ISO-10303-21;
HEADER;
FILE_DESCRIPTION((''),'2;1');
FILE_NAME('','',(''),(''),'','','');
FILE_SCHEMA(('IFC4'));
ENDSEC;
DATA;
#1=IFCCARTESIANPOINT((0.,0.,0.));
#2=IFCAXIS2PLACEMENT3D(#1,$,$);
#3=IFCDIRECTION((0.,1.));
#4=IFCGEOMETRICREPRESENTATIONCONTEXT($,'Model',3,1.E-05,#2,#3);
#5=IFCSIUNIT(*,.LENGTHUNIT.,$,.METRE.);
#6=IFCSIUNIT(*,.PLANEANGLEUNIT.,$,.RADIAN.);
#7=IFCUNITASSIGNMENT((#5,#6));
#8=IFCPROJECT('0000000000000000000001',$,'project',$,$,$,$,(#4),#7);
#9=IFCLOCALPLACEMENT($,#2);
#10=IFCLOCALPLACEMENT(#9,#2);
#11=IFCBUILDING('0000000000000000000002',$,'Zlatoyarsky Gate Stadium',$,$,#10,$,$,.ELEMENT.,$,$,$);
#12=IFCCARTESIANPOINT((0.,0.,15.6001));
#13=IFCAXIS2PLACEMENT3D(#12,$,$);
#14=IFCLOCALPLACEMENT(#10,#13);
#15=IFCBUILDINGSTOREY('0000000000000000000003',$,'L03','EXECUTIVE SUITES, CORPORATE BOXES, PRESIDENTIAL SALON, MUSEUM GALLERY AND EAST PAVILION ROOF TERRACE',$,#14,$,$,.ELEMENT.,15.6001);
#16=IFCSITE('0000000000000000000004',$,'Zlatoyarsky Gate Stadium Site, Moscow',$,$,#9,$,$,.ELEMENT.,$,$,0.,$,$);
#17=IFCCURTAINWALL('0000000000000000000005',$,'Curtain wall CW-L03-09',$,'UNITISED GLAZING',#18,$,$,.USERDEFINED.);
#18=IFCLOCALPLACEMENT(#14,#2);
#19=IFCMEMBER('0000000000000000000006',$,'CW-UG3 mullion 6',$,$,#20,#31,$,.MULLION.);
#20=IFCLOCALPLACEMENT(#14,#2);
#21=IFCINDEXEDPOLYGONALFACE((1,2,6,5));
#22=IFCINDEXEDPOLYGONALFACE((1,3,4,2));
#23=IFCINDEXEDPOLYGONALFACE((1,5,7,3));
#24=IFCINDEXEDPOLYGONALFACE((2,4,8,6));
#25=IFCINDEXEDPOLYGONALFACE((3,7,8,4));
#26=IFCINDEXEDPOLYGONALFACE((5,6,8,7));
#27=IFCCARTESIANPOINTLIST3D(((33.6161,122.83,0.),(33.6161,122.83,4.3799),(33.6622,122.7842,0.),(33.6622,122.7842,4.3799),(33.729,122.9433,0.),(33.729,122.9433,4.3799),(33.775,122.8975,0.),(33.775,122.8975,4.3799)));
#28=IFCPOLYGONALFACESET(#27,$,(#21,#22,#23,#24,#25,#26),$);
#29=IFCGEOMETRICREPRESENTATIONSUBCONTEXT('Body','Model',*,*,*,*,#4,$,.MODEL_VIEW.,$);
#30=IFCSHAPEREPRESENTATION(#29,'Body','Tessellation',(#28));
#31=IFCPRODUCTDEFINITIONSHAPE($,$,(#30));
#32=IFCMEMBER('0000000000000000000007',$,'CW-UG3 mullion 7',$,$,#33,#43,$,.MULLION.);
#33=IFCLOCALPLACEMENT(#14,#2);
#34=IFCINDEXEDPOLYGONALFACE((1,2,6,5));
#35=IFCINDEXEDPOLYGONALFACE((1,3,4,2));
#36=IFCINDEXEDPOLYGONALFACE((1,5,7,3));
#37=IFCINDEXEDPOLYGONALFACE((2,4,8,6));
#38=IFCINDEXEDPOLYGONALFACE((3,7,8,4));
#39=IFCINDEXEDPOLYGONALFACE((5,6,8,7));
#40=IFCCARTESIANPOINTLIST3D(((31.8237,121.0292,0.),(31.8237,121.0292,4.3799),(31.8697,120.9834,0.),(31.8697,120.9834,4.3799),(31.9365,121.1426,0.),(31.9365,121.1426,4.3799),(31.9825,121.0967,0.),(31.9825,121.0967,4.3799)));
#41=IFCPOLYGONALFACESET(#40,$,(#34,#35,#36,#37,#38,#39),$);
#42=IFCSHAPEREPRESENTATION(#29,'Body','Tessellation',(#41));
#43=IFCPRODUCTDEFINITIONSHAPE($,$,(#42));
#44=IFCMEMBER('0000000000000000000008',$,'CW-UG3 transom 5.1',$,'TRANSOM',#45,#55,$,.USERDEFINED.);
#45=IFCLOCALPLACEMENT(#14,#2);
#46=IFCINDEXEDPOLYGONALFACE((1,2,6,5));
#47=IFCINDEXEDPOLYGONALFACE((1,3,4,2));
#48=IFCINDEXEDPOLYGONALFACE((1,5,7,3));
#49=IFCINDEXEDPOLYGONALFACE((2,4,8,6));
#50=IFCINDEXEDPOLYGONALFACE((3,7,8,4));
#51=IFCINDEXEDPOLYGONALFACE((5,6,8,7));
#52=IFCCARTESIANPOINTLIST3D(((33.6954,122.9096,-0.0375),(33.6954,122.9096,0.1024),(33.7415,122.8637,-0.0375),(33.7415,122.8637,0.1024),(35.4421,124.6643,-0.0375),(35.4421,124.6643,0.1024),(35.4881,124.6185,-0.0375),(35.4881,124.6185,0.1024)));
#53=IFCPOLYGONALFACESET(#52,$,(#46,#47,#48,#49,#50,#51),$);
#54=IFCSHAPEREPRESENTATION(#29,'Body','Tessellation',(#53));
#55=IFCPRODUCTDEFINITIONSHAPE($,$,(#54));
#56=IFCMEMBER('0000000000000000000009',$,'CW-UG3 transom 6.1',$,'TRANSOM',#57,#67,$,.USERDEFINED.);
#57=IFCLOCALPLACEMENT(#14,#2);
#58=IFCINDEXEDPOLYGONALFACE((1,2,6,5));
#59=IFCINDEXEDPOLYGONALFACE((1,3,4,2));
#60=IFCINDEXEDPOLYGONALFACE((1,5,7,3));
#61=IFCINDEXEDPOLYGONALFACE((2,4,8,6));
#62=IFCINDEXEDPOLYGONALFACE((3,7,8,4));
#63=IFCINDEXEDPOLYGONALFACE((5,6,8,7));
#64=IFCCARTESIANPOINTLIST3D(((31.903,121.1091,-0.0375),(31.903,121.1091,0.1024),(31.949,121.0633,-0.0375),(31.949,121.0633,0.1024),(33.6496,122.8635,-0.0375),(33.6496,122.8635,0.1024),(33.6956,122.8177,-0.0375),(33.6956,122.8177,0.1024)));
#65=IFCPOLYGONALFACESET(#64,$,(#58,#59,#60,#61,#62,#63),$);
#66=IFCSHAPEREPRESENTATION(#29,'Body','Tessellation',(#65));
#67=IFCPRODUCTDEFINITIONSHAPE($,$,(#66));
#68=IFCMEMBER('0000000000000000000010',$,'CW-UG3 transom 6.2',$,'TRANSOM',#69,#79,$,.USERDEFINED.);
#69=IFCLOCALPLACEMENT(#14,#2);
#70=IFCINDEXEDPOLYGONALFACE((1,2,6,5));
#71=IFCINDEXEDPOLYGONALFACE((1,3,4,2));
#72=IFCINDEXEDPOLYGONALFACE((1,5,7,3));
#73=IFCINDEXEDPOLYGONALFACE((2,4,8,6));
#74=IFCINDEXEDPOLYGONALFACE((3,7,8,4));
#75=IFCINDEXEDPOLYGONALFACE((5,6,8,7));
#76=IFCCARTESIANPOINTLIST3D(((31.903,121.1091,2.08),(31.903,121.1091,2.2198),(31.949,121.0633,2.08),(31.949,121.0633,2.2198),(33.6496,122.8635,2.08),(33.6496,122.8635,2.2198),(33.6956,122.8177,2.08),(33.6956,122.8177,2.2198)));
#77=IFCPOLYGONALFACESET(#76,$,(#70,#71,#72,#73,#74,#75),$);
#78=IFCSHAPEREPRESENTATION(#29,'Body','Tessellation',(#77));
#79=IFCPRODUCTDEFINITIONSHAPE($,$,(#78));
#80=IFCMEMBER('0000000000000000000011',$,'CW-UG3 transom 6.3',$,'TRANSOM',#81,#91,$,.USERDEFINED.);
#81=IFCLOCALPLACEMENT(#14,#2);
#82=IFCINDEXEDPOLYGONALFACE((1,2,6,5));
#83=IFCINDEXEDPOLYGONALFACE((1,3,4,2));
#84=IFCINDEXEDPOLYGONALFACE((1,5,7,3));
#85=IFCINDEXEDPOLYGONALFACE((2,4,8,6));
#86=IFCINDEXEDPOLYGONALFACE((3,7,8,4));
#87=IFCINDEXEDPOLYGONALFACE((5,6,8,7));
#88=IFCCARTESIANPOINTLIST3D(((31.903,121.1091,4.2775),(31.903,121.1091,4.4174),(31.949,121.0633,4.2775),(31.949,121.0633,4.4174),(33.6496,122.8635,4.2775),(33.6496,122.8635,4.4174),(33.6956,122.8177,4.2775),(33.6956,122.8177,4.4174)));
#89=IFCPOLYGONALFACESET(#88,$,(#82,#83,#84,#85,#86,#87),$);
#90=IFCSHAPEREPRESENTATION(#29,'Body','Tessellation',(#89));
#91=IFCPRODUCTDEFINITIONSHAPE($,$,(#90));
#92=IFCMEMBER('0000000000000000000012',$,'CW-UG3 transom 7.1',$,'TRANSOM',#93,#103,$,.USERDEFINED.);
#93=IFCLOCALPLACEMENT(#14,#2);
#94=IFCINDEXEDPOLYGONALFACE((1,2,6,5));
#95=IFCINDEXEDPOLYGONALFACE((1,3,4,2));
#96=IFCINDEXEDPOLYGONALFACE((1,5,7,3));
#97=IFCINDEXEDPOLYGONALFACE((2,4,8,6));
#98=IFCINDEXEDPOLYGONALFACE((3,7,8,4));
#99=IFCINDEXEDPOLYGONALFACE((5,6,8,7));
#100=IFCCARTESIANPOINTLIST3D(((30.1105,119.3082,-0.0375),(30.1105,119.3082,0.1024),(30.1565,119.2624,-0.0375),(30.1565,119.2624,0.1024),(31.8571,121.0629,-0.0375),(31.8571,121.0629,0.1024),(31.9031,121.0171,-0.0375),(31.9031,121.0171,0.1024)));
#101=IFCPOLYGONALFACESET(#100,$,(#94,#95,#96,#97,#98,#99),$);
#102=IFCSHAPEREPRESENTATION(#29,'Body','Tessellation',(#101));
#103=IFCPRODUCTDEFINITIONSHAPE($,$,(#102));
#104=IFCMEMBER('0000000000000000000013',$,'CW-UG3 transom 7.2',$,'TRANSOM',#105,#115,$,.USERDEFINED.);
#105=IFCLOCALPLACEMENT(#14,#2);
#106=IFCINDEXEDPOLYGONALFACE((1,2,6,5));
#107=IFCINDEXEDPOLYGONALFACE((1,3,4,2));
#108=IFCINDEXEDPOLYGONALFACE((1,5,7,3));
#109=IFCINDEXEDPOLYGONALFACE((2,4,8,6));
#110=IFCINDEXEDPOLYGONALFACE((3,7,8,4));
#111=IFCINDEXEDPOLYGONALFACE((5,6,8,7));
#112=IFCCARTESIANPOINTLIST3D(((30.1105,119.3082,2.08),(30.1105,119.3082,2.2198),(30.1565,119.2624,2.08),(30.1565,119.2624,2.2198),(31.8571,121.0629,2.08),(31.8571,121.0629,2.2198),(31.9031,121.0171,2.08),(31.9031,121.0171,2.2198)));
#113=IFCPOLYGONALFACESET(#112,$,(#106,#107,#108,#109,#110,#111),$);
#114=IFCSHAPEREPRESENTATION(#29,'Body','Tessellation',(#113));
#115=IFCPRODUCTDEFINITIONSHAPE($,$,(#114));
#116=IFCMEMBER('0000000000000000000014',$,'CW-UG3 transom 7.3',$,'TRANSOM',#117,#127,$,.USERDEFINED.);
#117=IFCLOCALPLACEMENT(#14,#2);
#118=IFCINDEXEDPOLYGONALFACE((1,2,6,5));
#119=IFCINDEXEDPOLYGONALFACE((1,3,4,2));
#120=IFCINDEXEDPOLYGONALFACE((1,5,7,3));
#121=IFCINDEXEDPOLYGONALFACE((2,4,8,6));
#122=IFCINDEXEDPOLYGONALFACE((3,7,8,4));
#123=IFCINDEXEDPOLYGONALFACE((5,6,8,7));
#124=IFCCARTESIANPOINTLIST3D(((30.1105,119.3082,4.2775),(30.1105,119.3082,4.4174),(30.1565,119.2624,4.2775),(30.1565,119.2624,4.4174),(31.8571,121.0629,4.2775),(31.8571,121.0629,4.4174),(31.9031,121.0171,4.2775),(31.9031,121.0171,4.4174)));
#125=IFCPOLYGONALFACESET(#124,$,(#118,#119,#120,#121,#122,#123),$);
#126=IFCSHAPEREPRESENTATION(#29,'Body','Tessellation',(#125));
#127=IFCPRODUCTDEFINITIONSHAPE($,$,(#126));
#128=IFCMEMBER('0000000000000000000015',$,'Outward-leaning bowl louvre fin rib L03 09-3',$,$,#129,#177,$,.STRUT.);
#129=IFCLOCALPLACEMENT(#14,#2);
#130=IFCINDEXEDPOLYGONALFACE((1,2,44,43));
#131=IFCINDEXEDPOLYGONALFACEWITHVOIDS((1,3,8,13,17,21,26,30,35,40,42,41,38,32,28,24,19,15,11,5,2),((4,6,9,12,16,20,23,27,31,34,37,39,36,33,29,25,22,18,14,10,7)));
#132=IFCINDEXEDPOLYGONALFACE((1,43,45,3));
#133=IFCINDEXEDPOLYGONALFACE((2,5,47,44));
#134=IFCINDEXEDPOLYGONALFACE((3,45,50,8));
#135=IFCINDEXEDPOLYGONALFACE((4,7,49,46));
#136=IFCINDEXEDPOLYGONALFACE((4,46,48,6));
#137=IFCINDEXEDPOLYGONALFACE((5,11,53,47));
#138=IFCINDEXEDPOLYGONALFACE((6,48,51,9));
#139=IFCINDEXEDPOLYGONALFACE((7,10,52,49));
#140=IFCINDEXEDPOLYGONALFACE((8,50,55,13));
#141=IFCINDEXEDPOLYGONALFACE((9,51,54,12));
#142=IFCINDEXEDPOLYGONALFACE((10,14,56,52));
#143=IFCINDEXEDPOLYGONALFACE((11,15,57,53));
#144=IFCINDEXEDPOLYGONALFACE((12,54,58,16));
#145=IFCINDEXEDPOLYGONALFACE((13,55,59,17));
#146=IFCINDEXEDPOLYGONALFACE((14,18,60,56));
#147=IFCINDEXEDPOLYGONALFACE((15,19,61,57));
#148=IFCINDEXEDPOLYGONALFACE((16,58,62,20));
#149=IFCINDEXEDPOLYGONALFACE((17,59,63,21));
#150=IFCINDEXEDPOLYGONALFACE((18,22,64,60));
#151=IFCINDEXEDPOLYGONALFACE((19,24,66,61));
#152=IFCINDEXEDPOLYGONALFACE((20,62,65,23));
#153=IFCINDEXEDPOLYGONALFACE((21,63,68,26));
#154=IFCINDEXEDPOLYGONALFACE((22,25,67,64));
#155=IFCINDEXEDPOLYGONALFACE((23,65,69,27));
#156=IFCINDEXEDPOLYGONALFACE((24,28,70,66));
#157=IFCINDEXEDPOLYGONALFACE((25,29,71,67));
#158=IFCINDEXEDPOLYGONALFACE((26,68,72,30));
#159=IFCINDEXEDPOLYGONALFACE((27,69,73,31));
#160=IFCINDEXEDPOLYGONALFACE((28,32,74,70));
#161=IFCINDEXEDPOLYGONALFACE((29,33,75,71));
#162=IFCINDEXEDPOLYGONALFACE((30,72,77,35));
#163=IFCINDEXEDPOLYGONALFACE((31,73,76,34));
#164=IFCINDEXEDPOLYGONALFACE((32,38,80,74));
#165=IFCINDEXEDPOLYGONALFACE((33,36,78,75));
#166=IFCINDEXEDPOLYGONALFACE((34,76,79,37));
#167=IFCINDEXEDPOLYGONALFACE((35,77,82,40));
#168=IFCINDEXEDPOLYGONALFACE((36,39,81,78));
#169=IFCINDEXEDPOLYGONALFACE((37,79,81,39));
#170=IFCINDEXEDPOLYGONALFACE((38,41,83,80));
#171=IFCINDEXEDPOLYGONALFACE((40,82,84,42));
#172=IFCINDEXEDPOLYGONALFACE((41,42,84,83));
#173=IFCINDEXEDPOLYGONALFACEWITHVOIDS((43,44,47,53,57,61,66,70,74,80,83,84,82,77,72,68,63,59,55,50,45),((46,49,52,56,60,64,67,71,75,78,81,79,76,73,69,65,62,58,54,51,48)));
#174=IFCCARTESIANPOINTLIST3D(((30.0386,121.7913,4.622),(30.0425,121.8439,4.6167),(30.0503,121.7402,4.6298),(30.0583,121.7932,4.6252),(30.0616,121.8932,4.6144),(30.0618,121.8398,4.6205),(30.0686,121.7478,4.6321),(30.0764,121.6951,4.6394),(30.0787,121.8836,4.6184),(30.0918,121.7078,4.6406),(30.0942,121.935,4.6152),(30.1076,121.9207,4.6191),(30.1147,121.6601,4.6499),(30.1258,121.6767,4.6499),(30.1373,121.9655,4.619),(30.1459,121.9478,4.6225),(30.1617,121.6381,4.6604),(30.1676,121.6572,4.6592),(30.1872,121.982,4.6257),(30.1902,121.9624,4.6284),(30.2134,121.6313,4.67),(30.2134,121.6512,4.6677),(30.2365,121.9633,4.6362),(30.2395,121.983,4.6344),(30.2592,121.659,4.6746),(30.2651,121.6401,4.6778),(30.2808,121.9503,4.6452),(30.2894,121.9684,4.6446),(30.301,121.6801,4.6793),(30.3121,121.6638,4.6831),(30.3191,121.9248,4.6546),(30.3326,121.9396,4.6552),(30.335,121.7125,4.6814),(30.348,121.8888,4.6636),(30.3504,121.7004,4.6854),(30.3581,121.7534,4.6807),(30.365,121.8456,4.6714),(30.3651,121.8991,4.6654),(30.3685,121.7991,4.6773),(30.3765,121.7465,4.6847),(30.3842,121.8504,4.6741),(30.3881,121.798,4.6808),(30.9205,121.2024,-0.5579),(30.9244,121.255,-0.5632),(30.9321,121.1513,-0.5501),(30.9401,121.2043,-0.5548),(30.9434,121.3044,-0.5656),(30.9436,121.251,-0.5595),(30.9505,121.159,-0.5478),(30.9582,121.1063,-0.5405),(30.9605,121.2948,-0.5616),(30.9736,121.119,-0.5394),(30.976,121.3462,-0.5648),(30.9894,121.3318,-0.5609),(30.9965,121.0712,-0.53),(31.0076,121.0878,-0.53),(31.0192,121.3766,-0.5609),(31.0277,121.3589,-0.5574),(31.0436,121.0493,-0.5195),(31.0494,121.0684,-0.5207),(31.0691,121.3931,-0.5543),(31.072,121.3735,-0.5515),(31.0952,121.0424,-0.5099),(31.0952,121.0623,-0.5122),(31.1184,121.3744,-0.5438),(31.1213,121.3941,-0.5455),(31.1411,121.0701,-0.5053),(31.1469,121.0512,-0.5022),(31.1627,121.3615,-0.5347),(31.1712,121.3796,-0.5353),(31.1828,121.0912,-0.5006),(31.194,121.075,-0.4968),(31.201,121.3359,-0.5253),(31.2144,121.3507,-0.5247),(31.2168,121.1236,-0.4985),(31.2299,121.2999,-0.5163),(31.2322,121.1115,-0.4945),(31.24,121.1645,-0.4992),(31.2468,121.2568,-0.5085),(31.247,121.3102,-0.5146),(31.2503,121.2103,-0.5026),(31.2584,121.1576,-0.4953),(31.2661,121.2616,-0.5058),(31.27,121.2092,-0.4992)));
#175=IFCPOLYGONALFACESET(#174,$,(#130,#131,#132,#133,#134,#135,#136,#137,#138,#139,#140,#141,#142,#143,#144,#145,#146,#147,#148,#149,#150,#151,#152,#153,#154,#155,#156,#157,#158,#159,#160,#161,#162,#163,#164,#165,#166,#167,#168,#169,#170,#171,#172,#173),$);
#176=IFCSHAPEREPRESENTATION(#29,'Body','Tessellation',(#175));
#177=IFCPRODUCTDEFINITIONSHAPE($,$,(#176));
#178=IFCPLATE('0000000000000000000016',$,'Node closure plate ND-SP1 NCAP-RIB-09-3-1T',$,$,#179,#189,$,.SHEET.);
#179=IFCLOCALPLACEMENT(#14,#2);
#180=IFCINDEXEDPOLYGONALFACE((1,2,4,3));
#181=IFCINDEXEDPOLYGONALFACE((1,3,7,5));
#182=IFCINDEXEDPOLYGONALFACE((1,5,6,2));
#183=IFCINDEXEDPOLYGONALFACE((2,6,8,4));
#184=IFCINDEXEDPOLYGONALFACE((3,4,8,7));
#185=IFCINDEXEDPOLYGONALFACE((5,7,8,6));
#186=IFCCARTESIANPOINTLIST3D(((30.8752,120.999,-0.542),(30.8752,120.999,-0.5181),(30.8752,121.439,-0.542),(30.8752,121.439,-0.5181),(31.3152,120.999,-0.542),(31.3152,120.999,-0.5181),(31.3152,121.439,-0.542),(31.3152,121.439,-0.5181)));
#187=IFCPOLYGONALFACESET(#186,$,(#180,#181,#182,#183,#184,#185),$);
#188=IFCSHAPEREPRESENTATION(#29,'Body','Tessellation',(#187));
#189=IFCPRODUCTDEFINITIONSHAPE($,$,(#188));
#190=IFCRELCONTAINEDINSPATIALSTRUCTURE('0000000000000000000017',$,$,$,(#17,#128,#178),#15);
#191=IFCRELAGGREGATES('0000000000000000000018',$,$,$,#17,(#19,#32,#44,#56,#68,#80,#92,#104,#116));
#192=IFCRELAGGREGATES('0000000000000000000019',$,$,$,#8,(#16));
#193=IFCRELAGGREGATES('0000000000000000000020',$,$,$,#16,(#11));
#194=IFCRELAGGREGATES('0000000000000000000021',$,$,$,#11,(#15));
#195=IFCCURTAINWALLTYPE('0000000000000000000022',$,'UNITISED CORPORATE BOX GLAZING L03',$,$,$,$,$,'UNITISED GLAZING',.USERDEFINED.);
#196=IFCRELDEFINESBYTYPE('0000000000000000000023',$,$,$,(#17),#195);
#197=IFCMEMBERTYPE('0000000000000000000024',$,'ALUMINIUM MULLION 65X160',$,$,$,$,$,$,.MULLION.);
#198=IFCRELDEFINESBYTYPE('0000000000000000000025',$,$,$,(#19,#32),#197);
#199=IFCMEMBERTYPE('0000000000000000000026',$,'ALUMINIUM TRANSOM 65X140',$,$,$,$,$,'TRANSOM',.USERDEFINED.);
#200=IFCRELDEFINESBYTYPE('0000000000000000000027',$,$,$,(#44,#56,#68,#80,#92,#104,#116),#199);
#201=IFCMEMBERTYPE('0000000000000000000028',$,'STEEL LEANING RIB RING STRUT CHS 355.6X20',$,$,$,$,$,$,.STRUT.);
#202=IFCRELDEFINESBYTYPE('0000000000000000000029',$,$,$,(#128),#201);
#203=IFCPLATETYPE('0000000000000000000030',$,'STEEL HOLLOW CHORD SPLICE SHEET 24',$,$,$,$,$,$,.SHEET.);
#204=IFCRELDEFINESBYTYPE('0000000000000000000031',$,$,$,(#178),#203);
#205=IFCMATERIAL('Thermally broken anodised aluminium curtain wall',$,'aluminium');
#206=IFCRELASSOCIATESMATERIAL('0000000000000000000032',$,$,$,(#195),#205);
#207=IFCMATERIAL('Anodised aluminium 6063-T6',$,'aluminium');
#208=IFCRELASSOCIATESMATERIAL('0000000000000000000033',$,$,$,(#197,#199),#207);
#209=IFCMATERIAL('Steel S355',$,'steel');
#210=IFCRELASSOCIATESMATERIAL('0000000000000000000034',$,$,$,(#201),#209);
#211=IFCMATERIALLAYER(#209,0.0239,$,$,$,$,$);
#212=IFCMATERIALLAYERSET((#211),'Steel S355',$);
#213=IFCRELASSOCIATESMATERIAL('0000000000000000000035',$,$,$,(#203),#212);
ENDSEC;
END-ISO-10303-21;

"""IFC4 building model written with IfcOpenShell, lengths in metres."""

from ifc_helpers import new_model, si_unit, direction, frame, origin, origin_2d, place, context, subcontext, project, spatial, rectangle, hollow_circle, extrude, material, layer, layer_set, material_profile, profile_set, type_object, element, aggregate, save


model = new_model("IFC4")

# Units and contexts
model_context = context("Model", 3, precision=1e-05, world=origin(), true_north=direction((0.0, 1.0)))
body_context = subcontext(model_context, "Body", "Model", "MODEL_VIEW")
ifc_project = project(units=[si_unit("LENGTHUNIT", "METRE"), si_unit("PLANEANGLEUNIT", "RADIAN")], contexts=[model_context])

# Site, building, storey
site_placement = place(None, origin())
site = spatial("IfcSite", under=ifc_project, at=site_placement, Name="Zlatoyarsky Gate Stadium Site, Moscow", CompositionType="ELEMENT", RefElevation=0.0)
building_placement = place(site_placement, origin())
building = spatial("IfcBuilding", under=site, at=building_placement, Name="Zlatoyarsky Gate Stadium", CompositionType="ELEMENT")
storey_placement = place(building_placement, frame((0.0, 0.0, 15.6001)))
storey = spatial("IfcBuildingStorey", under=building, at=storey_placement, Name="L03", Description="EXECUTIVE SUITES, CORPORATE BOXES, PRESIDENTIAL SALON, MUSEUM GALLERY AND EAST PAVILION ROOF TERRACE", CompositionType="ELEMENT", Elevation=15.6001)

# Curtain wall, members
ifc_material_1 = material(Name="Thermally broken anodised aluminium curtain wall", Category="aluminium")
curtain_wall_type = type_object("IfcCurtainWallType", Name="UNITISED CORPORATE BOX GLAZING L03", ElementType="UNITISED GLAZING", PredefinedType="USERDEFINED", material=ifc_material_1)
curtain_wall_placement = place(storey_placement, origin())
curtain_wall = element("IfcCurtainWall", 1, at=curtain_wall_placement, inside=storey, type_object=curtain_wall_type, Name="Curtain wall CW-L03-09", ObjectType="UNITISED GLAZING", PredefinedType="USERDEFINED")
ifc_material_2 = material(Name="Anodised aluminium 6063-T6", Category="aluminium")
ifc_material_profile_1 = material_profile(ifc_material_2, rectangle(XDim=0.0649, YDim=0.1599, at=origin_2d()), Name="ALU 65X160")
ifc_profile_set_1 = profile_set([ifc_material_profile_1], Name="Anodised aluminium 6063-T6")
member_type_1 = type_object("IfcMemberType", Name="ALUMINIUM MULLION 65X160", PredefinedType="MULLION", material=ifc_profile_set_1)
member_1_placement = place(storey_placement, frame((33.6956, 122.8638, 0.0), z_axis=(0.0, 0.0, 1.0), x_axis=(0.708721, -0.705489, 0.0)))
member_1 = element("IfcMember", 2, at=member_1_placement, type_object=member_type_1, Name="CW-UG3 mullion 6", PredefinedType="MULLION", context=body_context, shape_type="SweptSolid", body=[
    extrude(rectangle(XDim=0.0649, YDim=0.1599, at=origin_2d()), origin(), (0.0, 0.0, 1.0), 4.3799),
])
member_2_placement = place(storey_placement, frame((31.9031, 121.063, 0.0), z_axis=(0.0, 0.0, 1.0), x_axis=(0.708721, -0.705489, 0.0)))
member_2 = element("IfcMember", 3, at=member_2_placement, type_object=member_type_1, Name="CW-UG3 mullion 7", PredefinedType="MULLION", context=body_context, shape_type="SweptSolid", body=[
    extrude(rectangle(XDim=0.0649, YDim=0.1599, at=origin_2d()), origin(), (0.0, 0.0, 1.0), 4.3799),
])
ifc_material_profile_2 = material_profile(ifc_material_2, rectangle(XDim=0.0649, YDim=0.1399, at=origin_2d()), Name="ALU 65X140")
ifc_profile_set_2 = profile_set([ifc_material_profile_2], Name="Anodised aluminium 6063-T6")
member_type_2 = type_object("IfcMemberType", Name="ALUMINIUM TRANSOM 65X140", ElementType="TRANSOM", PredefinedType="USERDEFINED", material=ifc_profile_set_2)
member_3_placement = place(storey_placement, frame((35.4651, 124.6414, 0.0325), z_axis=(-0.705478, -0.708732, 0.0), x_axis=(0.708732, -0.705478, 0.0)))
member_3 = element("IfcMember", 4, at=member_3_placement, type_object=member_type_2, Name="CW-UG3 transom 5.1", ObjectType="TRANSOM", PredefinedType="USERDEFINED", context=body_context, shape_type="SweptSolid", body=[
    extrude(rectangle(XDim=0.0649, YDim=0.1399, at=origin_2d()), origin(), (0.0, 0.0, 1.0), 2.4758),
])
member_4_placement = place(storey_placement, frame((33.6726, 122.8406, 0.0325), z_axis=(-0.705527, -0.708683, 0.0), x_axis=(0.708683, -0.705527, 0.0)))
member_4 = element("IfcMember", 5, at=member_4_placement, type_object=member_type_2, Name="CW-UG3 transom 6.1", ObjectType="TRANSOM", PredefinedType="USERDEFINED", context=body_context, shape_type="SweptSolid", body=[
    extrude(rectangle(XDim=0.0649, YDim=0.1399, at=origin_2d()), origin(), (0.0, 0.0, 1.0), 2.4756),
])
member_5_placement = place(storey_placement, frame((33.6726, 122.8406, 2.1499), z_axis=(-0.705527, -0.708683, 0.0), x_axis=(0.708683, -0.705527, 0.0)))
member_5 = element("IfcMember", 6, at=member_5_placement, type_object=member_type_2, Name="CW-UG3 transom 6.2", ObjectType="TRANSOM", PredefinedType="USERDEFINED", context=body_context, shape_type="SweptSolid", body=[
    extrude(rectangle(XDim=0.0649, YDim=0.1399, at=origin_2d()), origin(), (0.0, 0.0, 1.0), 2.4756),
])
member_6_placement = place(storey_placement, frame((33.6726, 122.8406, 4.3474), z_axis=(-0.705527, -0.708683, 0.0), x_axis=(0.708683, -0.705527, 0.0)))
member_6 = element("IfcMember", 7, at=member_6_placement, type_object=member_type_2, Name="CW-UG3 transom 6.3", ObjectType="TRANSOM", PredefinedType="USERDEFINED", context=body_context, shape_type="SweptSolid", body=[
    extrude(rectangle(XDim=0.0649, YDim=0.1399, at=origin_2d()), origin(), (0.0, 0.0, 1.0), 2.4756),
])
member_7_placement = place(storey_placement, frame((31.8801, 121.04, 0.0325), z_axis=(-0.705478, -0.708732, 0.0), x_axis=(0.708732, -0.705478, 0.0)))
member_7 = element("IfcMember", 8, at=member_7_placement, type_object=member_type_2, Name="CW-UG3 transom 7.1", ObjectType="TRANSOM", PredefinedType="USERDEFINED", context=body_context, shape_type="SweptSolid", body=[
    extrude(rectangle(XDim=0.0649, YDim=0.1399, at=origin_2d()), origin(), (0.0, 0.0, 1.0), 2.4758),
])
member_8_placement = place(storey_placement, frame((31.8801, 121.04, 2.1499), z_axis=(-0.705478, -0.708732, 0.0), x_axis=(0.708732, -0.705478, 0.0)))
member_8 = element("IfcMember", 9, at=member_8_placement, type_object=member_type_2, Name="CW-UG3 transom 7.2", ObjectType="TRANSOM", PredefinedType="USERDEFINED", context=body_context, shape_type="SweptSolid", body=[
    extrude(rectangle(XDim=0.0649, YDim=0.1399, at=origin_2d()), origin(), (0.0, 0.0, 1.0), 2.4758),
])
member_9_placement = place(storey_placement, frame((31.8801, 121.04, 4.3474), z_axis=(-0.705478, -0.708732, 0.0), x_axis=(0.708732, -0.705478, 0.0)))
member_9 = element("IfcMember", 10, at=member_9_placement, type_object=member_type_2, Name="CW-UG3 transom 7.3", ObjectType="TRANSOM", PredefinedType="USERDEFINED", context=body_context, shape_type="SweptSolid", body=[
    extrude(rectangle(XDim=0.0649, YDim=0.1399, at=origin_2d()), origin(), (0.0, 0.0, 1.0), 2.4758),
])

# Member
ifc_material_3 = material(Name="Steel S355", Category="steel")
ifc_material_profile_3 = material_profile(ifc_material_3, hollow_circle(Radius=0.1777, WallThickness=0.02, at=origin_2d()), Name="CHS 355.6X20")
ifc_profile_set_3 = profile_set([ifc_material_profile_3], Name="Steel S355")
member_type_3 = type_object("IfcMemberType", Name="STEEL LEANING RIB RING STRUT CHS 355.6X20", PredefinedType="STRUT", material=ifc_profile_set_3)
member_10_placement = place(storey_placement, frame((31.0952, 121.219, -0.53), z_axis=(-0.166782, 0.111373, 0.979684), x_axis=(-0.555338, -0.831625, 0.0)))
element("IfcMember", 11, at=member_10_placement, inside=storey, type_object=member_type_3, Name="Outward-leaning bowl louvre fin rib L03 09-3", PredefinedType="STRUT", context=body_context, shape_type="SweptSolid", body=[
    extrude(hollow_circle(Radius=0.1777, WallThickness=0.02, at=origin_2d()), origin(), (0.0, 0.0, 1.0), 5.2874),
])

# Plate
ifc_layer_1 = layer(ifc_material_3, 0.0239)
ifc_layer_set_1 = layer_set([ifc_layer_1], Name="Steel S355")
plate_type_1 = type_object("IfcPlateType", Name="STEEL HOLLOW CHORD SPLICE SHEET 24", PredefinedType="SHEET", material=ifc_layer_set_1)
plate_1_placement = place(storey_placement, frame((31.0952, 121.219, -0.542), z_axis=(0.0, 0.0, 1.0), x_axis=(1.0, 0.0, 0.0)))
element("IfcPlate", 12, at=plate_1_placement, inside=storey, type_object=plate_type_1, Name="Node closure plate ND-SP1 NCAP-RIB-09-3-1T", PredefinedType="SHEET", context=body_context, shape_type="SweptSolid", body=[
    extrude(rectangle(XDim=0.4399, YDim=0.4399, at=origin_2d()), origin(), (0.0, 0.0, 1.0), 0.0239),
])
aggregate(curtain_wall, [member_1, member_2, member_3, member_4, member_5, member_6, member_7, member_8, member_9])

save(model, "model.ifc")
